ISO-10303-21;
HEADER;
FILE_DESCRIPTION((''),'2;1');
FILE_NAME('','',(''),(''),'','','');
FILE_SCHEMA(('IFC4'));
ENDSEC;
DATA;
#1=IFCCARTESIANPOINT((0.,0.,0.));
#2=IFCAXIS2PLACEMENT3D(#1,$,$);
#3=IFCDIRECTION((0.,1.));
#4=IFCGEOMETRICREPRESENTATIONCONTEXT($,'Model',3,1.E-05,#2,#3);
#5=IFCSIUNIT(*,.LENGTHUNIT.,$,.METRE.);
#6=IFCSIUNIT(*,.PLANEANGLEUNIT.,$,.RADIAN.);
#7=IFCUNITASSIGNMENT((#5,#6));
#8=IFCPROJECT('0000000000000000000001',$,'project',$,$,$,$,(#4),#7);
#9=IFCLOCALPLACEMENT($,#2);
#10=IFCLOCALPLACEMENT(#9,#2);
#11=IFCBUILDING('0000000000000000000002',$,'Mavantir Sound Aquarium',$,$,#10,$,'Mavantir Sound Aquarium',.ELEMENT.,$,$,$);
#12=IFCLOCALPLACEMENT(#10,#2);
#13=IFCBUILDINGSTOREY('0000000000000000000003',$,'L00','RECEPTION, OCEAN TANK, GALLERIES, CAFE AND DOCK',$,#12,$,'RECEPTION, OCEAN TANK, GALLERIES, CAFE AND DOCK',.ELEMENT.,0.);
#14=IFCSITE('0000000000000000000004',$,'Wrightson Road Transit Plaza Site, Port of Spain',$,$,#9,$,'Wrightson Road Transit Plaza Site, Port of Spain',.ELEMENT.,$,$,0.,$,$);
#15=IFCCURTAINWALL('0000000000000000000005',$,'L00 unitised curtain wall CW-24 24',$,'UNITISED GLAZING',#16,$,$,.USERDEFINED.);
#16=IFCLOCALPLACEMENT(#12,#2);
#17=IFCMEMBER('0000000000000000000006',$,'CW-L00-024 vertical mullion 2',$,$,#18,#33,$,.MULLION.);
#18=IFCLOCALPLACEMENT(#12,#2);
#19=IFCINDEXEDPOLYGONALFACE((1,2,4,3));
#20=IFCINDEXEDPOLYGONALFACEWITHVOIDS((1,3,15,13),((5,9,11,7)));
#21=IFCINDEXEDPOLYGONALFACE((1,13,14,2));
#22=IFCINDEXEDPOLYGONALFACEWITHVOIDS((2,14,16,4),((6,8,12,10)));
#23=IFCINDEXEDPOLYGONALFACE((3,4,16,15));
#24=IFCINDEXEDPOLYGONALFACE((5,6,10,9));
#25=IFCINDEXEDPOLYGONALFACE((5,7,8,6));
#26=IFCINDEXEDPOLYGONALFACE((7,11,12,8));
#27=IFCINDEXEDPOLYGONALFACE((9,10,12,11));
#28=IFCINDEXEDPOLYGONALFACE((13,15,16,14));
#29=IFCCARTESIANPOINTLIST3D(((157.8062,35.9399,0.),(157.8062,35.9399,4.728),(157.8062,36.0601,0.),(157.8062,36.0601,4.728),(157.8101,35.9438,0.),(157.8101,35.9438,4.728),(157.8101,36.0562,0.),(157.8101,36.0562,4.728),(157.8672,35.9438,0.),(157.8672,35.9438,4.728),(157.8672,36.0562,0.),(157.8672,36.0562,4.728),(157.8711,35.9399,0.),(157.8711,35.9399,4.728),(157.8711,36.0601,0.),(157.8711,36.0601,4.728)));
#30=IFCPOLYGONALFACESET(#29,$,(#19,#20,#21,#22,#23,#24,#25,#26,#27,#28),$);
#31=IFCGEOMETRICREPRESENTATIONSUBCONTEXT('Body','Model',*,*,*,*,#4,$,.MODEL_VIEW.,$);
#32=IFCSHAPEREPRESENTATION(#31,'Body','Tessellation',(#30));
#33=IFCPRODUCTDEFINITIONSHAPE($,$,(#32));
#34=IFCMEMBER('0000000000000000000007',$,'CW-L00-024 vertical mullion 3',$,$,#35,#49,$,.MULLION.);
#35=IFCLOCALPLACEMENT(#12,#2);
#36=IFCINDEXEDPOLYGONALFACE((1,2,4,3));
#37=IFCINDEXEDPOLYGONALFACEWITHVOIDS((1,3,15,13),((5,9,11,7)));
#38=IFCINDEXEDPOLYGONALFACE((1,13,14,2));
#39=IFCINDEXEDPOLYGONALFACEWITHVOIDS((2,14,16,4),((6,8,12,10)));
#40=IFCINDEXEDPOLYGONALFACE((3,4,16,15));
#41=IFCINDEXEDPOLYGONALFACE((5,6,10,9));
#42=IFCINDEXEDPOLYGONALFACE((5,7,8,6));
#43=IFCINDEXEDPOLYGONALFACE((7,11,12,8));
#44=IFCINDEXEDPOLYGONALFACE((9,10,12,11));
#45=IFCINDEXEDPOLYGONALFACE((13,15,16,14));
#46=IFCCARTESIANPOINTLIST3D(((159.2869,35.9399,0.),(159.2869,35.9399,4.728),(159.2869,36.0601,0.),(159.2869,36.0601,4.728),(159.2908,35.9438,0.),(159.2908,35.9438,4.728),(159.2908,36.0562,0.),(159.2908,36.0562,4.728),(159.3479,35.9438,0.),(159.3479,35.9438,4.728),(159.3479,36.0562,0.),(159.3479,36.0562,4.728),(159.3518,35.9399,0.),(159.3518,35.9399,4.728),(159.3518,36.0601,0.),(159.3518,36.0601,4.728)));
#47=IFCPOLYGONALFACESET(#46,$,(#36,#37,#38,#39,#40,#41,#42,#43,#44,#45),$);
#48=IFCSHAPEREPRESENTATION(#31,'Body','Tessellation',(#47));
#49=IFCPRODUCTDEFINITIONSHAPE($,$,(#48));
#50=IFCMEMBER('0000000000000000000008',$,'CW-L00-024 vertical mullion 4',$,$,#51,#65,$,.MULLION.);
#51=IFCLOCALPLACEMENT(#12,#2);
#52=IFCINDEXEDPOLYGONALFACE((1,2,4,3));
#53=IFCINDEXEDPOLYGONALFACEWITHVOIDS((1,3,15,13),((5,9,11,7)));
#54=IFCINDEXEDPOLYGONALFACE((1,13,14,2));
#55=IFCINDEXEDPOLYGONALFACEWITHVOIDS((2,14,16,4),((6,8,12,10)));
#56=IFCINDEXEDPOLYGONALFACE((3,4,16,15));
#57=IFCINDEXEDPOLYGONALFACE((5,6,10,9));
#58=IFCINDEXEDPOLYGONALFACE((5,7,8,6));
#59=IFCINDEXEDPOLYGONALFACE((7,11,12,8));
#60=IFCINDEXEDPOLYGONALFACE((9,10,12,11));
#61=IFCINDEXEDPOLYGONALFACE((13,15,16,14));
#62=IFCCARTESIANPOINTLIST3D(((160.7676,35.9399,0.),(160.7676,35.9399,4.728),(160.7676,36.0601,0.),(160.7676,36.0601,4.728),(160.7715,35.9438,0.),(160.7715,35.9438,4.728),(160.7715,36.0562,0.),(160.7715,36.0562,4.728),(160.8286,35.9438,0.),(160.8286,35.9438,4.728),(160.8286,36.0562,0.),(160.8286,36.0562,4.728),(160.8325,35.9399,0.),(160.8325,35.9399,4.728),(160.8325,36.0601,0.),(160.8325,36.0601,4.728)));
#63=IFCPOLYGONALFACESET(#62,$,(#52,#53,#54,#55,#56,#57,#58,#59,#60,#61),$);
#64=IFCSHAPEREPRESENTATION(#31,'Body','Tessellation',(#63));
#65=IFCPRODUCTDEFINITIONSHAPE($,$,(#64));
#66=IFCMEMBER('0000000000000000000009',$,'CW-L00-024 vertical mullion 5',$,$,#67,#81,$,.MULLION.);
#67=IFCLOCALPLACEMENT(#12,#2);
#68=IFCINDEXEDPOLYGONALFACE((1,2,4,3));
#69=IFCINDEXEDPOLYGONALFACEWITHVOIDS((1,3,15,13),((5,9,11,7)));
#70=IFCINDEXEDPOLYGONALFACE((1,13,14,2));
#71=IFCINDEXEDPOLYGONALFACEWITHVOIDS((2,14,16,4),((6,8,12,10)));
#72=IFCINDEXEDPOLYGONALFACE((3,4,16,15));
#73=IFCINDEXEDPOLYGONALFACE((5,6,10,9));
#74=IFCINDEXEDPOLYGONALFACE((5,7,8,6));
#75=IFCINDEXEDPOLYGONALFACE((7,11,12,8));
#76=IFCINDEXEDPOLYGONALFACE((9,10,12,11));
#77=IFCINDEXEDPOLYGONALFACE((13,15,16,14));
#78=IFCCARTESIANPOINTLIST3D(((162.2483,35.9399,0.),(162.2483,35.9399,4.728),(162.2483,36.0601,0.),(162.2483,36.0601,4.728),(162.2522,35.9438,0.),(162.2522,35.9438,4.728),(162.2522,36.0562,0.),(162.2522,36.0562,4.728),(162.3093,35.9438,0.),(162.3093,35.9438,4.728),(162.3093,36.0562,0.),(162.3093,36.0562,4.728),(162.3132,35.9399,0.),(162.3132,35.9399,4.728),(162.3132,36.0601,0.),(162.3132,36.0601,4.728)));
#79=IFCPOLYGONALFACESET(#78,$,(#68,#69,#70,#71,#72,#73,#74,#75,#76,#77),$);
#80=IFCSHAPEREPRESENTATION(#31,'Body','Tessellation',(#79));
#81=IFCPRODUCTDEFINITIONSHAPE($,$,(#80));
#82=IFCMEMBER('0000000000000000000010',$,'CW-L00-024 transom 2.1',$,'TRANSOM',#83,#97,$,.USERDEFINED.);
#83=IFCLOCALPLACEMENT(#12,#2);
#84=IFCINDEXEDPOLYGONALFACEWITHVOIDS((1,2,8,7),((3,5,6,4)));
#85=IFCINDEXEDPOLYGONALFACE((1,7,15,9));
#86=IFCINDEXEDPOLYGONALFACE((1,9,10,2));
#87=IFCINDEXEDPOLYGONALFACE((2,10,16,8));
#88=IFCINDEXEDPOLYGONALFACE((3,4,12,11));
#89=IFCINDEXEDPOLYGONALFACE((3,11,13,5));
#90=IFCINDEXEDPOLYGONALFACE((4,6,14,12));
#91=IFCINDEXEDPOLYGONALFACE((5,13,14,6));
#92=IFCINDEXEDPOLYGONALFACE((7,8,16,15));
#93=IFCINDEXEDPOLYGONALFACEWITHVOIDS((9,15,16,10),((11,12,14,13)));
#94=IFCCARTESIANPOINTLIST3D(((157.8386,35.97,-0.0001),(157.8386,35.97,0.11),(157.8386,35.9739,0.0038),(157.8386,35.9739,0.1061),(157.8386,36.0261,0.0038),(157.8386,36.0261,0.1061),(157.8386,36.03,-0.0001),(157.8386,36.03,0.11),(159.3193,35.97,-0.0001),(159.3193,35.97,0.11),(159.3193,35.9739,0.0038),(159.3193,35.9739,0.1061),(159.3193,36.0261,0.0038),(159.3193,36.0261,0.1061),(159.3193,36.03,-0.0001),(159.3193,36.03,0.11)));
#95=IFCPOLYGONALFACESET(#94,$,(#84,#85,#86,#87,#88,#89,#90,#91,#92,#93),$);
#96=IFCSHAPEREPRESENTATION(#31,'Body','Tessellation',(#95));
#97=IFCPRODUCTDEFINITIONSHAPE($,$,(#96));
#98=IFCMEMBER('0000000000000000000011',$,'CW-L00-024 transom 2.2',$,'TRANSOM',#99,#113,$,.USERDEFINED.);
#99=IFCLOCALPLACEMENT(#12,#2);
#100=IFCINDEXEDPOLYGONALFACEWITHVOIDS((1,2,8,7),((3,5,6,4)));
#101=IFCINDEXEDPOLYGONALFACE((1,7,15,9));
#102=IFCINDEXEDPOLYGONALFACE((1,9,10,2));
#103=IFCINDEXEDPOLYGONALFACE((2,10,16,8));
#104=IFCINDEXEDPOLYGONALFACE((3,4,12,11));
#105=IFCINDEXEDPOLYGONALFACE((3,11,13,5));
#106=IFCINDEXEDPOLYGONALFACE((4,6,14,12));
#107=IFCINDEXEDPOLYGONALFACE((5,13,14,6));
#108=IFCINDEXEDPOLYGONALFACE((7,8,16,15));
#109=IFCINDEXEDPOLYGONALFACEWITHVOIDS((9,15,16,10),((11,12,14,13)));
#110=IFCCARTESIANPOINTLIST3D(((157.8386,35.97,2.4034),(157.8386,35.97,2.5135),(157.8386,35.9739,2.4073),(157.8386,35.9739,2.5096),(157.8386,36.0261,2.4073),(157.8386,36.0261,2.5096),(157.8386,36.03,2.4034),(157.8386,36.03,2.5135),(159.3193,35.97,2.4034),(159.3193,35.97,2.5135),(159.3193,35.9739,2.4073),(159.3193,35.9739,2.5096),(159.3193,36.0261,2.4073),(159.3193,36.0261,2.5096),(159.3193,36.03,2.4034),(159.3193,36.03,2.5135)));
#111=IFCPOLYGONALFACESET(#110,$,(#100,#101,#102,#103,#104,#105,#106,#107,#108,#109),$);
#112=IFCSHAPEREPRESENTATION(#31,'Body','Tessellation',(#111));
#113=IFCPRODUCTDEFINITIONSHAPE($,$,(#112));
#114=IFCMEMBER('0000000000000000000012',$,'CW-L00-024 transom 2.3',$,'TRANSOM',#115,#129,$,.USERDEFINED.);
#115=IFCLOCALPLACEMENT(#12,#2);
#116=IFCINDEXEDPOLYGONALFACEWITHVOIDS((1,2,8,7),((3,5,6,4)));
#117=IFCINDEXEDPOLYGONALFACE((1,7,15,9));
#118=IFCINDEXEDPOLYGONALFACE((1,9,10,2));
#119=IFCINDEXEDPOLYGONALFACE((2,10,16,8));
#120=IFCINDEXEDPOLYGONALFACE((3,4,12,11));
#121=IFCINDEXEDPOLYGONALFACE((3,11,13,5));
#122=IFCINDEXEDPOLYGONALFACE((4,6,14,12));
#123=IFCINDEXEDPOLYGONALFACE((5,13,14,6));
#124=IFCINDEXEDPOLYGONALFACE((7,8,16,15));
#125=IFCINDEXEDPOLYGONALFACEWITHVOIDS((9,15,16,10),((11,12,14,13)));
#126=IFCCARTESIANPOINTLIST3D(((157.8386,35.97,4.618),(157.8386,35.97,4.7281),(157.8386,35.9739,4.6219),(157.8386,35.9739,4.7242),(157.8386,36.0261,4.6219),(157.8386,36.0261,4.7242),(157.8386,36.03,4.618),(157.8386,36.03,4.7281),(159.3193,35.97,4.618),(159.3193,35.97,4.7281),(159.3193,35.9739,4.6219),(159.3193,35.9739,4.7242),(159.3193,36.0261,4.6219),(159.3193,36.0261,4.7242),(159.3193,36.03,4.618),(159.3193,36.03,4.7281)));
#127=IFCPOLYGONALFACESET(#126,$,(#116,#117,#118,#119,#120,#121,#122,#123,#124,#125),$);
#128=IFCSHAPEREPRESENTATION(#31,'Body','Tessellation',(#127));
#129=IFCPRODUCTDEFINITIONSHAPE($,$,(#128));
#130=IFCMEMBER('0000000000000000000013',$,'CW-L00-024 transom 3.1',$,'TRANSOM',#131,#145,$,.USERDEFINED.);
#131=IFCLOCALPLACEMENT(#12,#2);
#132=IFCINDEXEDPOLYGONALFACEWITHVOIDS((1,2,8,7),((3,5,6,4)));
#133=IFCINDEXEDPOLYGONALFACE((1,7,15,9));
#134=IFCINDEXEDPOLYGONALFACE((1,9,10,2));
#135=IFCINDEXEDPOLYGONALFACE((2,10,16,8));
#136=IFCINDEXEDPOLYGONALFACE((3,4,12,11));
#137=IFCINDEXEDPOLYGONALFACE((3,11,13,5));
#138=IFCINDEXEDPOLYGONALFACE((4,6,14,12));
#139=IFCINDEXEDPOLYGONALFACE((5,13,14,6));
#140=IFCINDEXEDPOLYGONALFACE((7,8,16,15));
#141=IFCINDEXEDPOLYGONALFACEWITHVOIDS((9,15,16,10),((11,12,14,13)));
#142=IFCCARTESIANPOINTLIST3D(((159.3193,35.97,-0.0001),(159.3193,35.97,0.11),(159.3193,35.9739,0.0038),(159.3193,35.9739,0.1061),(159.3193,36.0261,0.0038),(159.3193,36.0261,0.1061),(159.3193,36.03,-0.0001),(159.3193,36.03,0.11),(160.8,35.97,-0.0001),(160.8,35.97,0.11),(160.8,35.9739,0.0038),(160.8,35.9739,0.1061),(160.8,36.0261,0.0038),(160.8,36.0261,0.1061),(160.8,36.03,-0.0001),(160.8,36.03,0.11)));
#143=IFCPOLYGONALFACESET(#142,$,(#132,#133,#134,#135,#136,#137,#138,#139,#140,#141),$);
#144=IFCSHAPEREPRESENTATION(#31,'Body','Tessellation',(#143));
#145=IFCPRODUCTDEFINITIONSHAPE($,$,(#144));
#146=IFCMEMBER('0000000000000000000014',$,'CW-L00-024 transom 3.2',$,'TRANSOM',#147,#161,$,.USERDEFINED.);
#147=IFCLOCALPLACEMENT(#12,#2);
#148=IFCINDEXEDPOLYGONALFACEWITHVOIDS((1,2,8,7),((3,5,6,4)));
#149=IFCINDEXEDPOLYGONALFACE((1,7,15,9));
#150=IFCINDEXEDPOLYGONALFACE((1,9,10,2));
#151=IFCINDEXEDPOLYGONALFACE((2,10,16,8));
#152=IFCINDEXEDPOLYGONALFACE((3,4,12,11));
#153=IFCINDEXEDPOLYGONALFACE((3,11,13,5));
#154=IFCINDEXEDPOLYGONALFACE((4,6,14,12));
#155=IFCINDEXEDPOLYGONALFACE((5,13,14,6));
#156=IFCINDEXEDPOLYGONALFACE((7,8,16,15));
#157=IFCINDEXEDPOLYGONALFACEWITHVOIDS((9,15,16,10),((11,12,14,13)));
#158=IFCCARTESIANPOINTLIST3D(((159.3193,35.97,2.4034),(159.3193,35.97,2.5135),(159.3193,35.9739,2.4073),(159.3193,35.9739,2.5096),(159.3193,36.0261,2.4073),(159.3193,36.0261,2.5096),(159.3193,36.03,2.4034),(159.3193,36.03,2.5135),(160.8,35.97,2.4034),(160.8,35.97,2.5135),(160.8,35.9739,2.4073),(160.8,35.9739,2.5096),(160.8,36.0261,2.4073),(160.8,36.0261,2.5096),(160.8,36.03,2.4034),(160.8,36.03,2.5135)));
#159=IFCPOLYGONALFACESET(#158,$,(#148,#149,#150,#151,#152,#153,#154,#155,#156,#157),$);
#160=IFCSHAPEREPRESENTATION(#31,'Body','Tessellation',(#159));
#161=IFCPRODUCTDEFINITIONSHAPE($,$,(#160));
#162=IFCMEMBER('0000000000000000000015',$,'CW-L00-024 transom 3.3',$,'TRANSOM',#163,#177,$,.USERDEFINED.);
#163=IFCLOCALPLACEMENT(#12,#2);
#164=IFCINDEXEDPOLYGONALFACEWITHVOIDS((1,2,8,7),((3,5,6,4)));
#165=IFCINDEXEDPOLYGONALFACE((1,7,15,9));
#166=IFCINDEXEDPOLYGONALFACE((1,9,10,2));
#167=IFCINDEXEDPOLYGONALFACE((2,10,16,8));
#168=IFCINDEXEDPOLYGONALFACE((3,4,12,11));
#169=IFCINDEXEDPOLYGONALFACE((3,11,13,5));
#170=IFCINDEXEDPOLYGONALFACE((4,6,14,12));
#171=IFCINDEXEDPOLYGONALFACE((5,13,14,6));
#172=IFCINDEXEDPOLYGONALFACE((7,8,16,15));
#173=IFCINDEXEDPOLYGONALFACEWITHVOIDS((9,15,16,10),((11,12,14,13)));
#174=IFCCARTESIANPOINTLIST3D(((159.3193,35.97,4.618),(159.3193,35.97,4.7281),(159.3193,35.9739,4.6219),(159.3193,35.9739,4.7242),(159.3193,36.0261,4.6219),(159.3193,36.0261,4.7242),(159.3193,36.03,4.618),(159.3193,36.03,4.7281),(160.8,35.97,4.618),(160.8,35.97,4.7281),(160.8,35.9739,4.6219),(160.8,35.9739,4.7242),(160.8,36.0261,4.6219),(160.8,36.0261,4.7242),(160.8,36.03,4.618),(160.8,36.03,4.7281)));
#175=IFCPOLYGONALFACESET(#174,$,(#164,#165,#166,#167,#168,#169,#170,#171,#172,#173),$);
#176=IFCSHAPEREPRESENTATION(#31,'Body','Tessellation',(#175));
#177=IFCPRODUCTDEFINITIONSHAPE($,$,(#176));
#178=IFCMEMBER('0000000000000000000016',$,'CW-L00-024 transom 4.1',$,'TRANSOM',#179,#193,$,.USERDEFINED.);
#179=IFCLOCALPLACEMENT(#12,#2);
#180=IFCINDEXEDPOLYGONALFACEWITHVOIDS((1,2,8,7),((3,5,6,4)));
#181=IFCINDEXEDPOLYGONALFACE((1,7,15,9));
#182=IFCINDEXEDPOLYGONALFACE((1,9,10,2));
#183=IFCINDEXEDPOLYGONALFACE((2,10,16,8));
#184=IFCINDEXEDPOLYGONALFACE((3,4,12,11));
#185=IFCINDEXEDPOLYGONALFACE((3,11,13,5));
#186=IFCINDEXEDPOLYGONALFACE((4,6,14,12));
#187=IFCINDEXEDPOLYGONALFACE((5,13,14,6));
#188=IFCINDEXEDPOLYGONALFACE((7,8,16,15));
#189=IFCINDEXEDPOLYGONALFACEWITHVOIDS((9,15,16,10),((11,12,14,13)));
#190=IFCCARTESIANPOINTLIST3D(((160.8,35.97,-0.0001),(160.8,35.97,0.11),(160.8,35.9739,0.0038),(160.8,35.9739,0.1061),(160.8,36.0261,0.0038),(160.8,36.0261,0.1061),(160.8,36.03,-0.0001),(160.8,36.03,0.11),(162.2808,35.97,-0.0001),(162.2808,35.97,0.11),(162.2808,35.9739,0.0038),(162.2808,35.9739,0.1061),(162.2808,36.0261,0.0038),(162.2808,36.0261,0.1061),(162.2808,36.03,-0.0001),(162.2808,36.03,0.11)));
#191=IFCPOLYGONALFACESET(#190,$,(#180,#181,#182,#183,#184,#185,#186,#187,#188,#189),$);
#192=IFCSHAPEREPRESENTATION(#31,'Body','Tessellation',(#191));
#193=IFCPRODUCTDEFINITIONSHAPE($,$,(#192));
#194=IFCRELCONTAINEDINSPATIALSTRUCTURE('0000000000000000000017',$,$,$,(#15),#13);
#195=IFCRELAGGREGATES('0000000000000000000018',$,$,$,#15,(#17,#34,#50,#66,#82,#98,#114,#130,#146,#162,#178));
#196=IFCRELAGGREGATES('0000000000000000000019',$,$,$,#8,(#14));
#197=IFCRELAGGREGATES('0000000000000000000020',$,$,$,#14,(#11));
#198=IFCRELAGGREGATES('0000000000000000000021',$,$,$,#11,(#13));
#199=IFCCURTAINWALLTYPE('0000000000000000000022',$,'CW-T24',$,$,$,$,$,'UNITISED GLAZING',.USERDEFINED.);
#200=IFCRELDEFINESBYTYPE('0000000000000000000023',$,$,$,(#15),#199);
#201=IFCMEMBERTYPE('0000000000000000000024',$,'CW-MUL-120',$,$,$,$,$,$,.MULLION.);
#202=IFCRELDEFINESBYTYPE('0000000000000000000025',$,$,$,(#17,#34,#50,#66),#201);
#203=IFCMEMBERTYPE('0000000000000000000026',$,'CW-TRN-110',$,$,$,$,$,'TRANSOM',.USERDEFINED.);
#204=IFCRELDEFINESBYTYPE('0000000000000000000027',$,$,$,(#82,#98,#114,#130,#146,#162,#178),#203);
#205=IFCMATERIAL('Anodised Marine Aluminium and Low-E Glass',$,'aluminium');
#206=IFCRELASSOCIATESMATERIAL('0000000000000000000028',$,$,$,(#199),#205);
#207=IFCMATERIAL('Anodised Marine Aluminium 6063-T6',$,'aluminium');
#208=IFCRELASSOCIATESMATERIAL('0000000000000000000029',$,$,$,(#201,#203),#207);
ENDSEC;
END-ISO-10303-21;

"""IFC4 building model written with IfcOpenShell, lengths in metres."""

from ifc_helpers import new_model, si_unit, direction, frame, origin, origin_2d, place, context, subcontext, project, spatial, hollow_rectangle, extrude, material, material_profile, profile_set, type_object, element, aggregate, save


model = new_model("IFC4")

# Units and contexts
model_context = context("Model", 3, precision=1e-05, world=origin(), true_north=direction((0.0, 1.0)))
body_context = subcontext(model_context, "Body", "Model", "MODEL_VIEW")
ifc_project = project(units=[si_unit("LENGTHUNIT", "METRE"), si_unit("PLANEANGLEUNIT", "RADIAN")], contexts=[model_context])

# Site, building, storey
site_placement = place(None, origin())
site = spatial("IfcSite", under=ifc_project, at=site_placement, Name="Wrightson Road Transit Plaza Site, Port of Spain", LongName="Wrightson Road Transit Plaza Site, Port of Spain", CompositionType="ELEMENT", RefElevation=0.0)
building_placement = place(site_placement, origin())
building = spatial("IfcBuilding", under=site, at=building_placement, Name="Mavantir Sound Aquarium", LongName="Mavantir Sound Aquarium", CompositionType="ELEMENT")
storey_placement = place(building_placement, origin())
storey = spatial("IfcBuildingStorey", under=building, at=storey_placement, Name="L00", Description="RECEPTION, OCEAN TANK, GALLERIES, CAFE AND DOCK", LongName="RECEPTION, OCEAN TANK, GALLERIES, CAFE AND DOCK", CompositionType="ELEMENT", Elevation=0.0)

# Curtain wall, members
ifc_material_1 = material(Name="Anodised Marine Aluminium and Low-E Glass", Category="aluminium")
curtain_wall_type = type_object("IfcCurtainWallType", Name="CW-T24", ElementType="UNITISED GLAZING", PredefinedType="USERDEFINED", material=ifc_material_1)
curtain_wall_placement = place(storey_placement, origin())
curtain_wall = element("IfcCurtainWall", 1, at=curtain_wall_placement, inside=storey, type_object=curtain_wall_type, Name="L00 unitised curtain wall CW-24 24", ObjectType="UNITISED GLAZING", PredefinedType="USERDEFINED")
ifc_material_2 = material(Name="Anodised Marine Aluminium 6063-T6", Category="aluminium")
ifc_material_profile_1 = material_profile(ifc_material_2, hollow_rectangle(XDim=0.0649, YDim=0.1201, WallThickness=0.0039, at=origin_2d()), Name="ALU-MULLION-120X65")
ifc_profile_set_1 = profile_set([ifc_material_profile_1], Name="Anodised Marine Aluminium 6063-T6")
member_type_1 = type_object("IfcMemberType", Name="CW-MUL-120", PredefinedType="MULLION", material=ifc_profile_set_1)
member_1_placement = place(storey_placement, frame((157.8386, 36.0, 0.0), z_axis=(0.0, 0.0, 1.0), x_axis=(1.0, 0.0, 0.0)))
member_1 = element("IfcMember", 2, at=member_1_placement, type_object=member_type_1, Name="CW-L00-024 vertical mullion 2", PredefinedType="MULLION", context=body_context, shape_type="SweptSolid", body=[
    extrude(hollow_rectangle(XDim=0.0649, YDim=0.1201, WallThickness=0.0039, at=origin_2d()), origin(), (0.0, 0.0, 1.0), 4.728),
])
member_2_placement = place(storey_placement, frame((159.3193, 36.0, 0.0), z_axis=(0.0, 0.0, 1.0), x_axis=(1.0, 0.0, 0.0)))
member_2 = element("IfcMember", 3, at=member_2_placement, type_object=member_type_1, Name="CW-L00-024 vertical mullion 3", PredefinedType="MULLION", context=body_context, shape_type="SweptSolid", body=[
    extrude(hollow_rectangle(XDim=0.0649, YDim=0.1201, WallThickness=0.0039, at=origin_2d()), origin(), (0.0, 0.0, 1.0), 4.728),
])
member_3_placement = place(storey_placement, frame((160.8, 36.0, 0.0), z_axis=(0.0, 0.0, 1.0), x_axis=(1.0, 0.0, 0.0)))
member_3 = element("IfcMember", 4, at=member_3_placement, type_object=member_type_1, Name="CW-L00-024 vertical mullion 4", PredefinedType="MULLION", context=body_context, shape_type="SweptSolid", body=[
    extrude(hollow_rectangle(XDim=0.0649, YDim=0.1201, WallThickness=0.0039, at=origin_2d()), origin(), (0.0, 0.0, 1.0), 4.728),
])
member_4_placement = place(storey_placement, frame((162.2808, 36.0, 0.0), z_axis=(0.0, 0.0, 1.0), x_axis=(1.0, 0.0, 0.0)))
member_4 = element("IfcMember", 5, at=member_4_placement, type_object=member_type_1, Name="CW-L00-024 vertical mullion 5", PredefinedType="MULLION", context=body_context, shape_type="SweptSolid", body=[
    extrude(hollow_rectangle(XDim=0.0649, YDim=0.1201, WallThickness=0.0039, at=origin_2d()), origin(), (0.0, 0.0, 1.0), 4.728),
])
ifc_material_profile_2 = material_profile(ifc_material_2, hollow_rectangle(XDim=0.0601, YDim=0.1101, WallThickness=0.0039, at=origin_2d()), Name="ALU-TRANSOM-110X60")
ifc_profile_set_2 = profile_set([ifc_material_profile_2], Name="Anodised Marine Aluminium 6063-T6")
member_type_2 = type_object("IfcMemberType", Name="CW-TRN-110", ElementType="TRANSOM", PredefinedType="USERDEFINED", material=ifc_profile_set_2)
member_5_placement = place(storey_placement, frame((157.8386, 36.0, 0.0549), z_axis=(1.0, 0.0, 0.0), x_axis=(0.0, 1.0, 0.0)))
member_5 = element("IfcMember", 6, at=member_5_placement, type_object=member_type_2, Name="CW-L00-024 transom 2.1", ObjectType="TRANSOM", PredefinedType="USERDEFINED", context=body_context, shape_type="SweptSolid", body=[
    extrude(hollow_rectangle(XDim=0.0601, YDim=0.1101, WallThickness=0.0039, at=origin_2d()), origin(), (0.0, 0.0, 1.0), 1.4807),
])
member_6_placement = place(storey_placement, frame((157.8386, 36.0, 2.4585), z_axis=(1.0, 0.0, 0.0), x_axis=(0.0, 1.0, 0.0)))
member_6 = element("IfcMember", 7, at=member_6_placement, type_object=member_type_2, Name="CW-L00-024 transom 2.2", ObjectType="TRANSOM", PredefinedType="USERDEFINED", context=body_context, shape_type="SweptSolid", body=[
    extrude(hollow_rectangle(XDim=0.0601, YDim=0.1101, WallThickness=0.0039, at=origin_2d()), origin(), (0.0, 0.0, 1.0), 1.4807),
])
member_7_placement = place(storey_placement, frame((157.8386, 36.0, 4.6731), z_axis=(1.0, 0.0, 0.0), x_axis=(0.0, 1.0, 0.0)))
member_7 = element("IfcMember", 8, at=member_7_placement, type_object=member_type_2, Name="CW-L00-024 transom 2.3", ObjectType="TRANSOM", PredefinedType="USERDEFINED", context=body_context, shape_type="SweptSolid", body=[
    extrude(hollow_rectangle(XDim=0.0601, YDim=0.1101, WallThickness=0.0039, at=origin_2d()), origin(), (0.0, 0.0, 1.0), 1.4807),
])
member_8_placement = place(storey_placement, frame((159.3193, 36.0, 0.0549), z_axis=(1.0, 0.0, 0.0), x_axis=(0.0, 1.0, 0.0)))
member_8 = element("IfcMember", 9, at=member_8_placement, type_object=member_type_2, Name="CW-L00-024 transom 3.1", ObjectType="TRANSOM", PredefinedType="USERDEFINED", context=body_context, shape_type="SweptSolid", body=[
    extrude(hollow_rectangle(XDim=0.0601, YDim=0.1101, WallThickness=0.0039, at=origin_2d()), origin(), (0.0, 0.0, 1.0), 1.4807),
])
member_9_placement = place(storey_placement, frame((159.3193, 36.0, 2.4585), z_axis=(1.0, 0.0, 0.0), x_axis=(0.0, 1.0, 0.0)))
member_9 = element("IfcMember", 10, at=member_9_placement, type_object=member_type_2, Name="CW-L00-024 transom 3.2", ObjectType="TRANSOM", PredefinedType="USERDEFINED", context=body_context, shape_type="SweptSolid", body=[
    extrude(hollow_rectangle(XDim=0.0601, YDim=0.1101, WallThickness=0.0039, at=origin_2d()), origin(), (0.0, 0.0, 1.0), 1.4807),
])
member_10_placement = place(storey_placement, frame((159.3193, 36.0, 4.6731), z_axis=(1.0, 0.0, 0.0), x_axis=(0.0, 1.0, 0.0)))
member_10 = element("IfcMember", 11, at=member_10_placement, type_object=member_type_2, Name="CW-L00-024 transom 3.3", ObjectType="TRANSOM", PredefinedType="USERDEFINED", context=body_context, shape_type="SweptSolid", body=[
    extrude(hollow_rectangle(XDim=0.0601, YDim=0.1101, WallThickness=0.0039, at=origin_2d()), origin(), (0.0, 0.0, 1.0), 1.4807),
])
member_11_placement = place(storey_placement, frame((160.8, 36.0, 0.0549), z_axis=(1.0, 0.0, 0.0), x_axis=(0.0, 1.0, 0.0)))
member_11 = element("IfcMember", 12, at=member_11_placement, type_object=member_type_2, Name="CW-L00-024 transom 4.1", ObjectType="TRANSOM", PredefinedType="USERDEFINED", context=body_context, shape_type="SweptSolid", body=[
    extrude(hollow_rectangle(XDim=0.0601, YDim=0.1101, WallThickness=0.0039, at=origin_2d()), origin(), (0.0, 0.0, 1.0), 1.4807),
])
aggregate(curtain_wall, [member_1, member_2, member_3, member_4, member_5, member_6, member_7, member_8, member_9, member_10, member_11])

save(model, "model.ifc")
